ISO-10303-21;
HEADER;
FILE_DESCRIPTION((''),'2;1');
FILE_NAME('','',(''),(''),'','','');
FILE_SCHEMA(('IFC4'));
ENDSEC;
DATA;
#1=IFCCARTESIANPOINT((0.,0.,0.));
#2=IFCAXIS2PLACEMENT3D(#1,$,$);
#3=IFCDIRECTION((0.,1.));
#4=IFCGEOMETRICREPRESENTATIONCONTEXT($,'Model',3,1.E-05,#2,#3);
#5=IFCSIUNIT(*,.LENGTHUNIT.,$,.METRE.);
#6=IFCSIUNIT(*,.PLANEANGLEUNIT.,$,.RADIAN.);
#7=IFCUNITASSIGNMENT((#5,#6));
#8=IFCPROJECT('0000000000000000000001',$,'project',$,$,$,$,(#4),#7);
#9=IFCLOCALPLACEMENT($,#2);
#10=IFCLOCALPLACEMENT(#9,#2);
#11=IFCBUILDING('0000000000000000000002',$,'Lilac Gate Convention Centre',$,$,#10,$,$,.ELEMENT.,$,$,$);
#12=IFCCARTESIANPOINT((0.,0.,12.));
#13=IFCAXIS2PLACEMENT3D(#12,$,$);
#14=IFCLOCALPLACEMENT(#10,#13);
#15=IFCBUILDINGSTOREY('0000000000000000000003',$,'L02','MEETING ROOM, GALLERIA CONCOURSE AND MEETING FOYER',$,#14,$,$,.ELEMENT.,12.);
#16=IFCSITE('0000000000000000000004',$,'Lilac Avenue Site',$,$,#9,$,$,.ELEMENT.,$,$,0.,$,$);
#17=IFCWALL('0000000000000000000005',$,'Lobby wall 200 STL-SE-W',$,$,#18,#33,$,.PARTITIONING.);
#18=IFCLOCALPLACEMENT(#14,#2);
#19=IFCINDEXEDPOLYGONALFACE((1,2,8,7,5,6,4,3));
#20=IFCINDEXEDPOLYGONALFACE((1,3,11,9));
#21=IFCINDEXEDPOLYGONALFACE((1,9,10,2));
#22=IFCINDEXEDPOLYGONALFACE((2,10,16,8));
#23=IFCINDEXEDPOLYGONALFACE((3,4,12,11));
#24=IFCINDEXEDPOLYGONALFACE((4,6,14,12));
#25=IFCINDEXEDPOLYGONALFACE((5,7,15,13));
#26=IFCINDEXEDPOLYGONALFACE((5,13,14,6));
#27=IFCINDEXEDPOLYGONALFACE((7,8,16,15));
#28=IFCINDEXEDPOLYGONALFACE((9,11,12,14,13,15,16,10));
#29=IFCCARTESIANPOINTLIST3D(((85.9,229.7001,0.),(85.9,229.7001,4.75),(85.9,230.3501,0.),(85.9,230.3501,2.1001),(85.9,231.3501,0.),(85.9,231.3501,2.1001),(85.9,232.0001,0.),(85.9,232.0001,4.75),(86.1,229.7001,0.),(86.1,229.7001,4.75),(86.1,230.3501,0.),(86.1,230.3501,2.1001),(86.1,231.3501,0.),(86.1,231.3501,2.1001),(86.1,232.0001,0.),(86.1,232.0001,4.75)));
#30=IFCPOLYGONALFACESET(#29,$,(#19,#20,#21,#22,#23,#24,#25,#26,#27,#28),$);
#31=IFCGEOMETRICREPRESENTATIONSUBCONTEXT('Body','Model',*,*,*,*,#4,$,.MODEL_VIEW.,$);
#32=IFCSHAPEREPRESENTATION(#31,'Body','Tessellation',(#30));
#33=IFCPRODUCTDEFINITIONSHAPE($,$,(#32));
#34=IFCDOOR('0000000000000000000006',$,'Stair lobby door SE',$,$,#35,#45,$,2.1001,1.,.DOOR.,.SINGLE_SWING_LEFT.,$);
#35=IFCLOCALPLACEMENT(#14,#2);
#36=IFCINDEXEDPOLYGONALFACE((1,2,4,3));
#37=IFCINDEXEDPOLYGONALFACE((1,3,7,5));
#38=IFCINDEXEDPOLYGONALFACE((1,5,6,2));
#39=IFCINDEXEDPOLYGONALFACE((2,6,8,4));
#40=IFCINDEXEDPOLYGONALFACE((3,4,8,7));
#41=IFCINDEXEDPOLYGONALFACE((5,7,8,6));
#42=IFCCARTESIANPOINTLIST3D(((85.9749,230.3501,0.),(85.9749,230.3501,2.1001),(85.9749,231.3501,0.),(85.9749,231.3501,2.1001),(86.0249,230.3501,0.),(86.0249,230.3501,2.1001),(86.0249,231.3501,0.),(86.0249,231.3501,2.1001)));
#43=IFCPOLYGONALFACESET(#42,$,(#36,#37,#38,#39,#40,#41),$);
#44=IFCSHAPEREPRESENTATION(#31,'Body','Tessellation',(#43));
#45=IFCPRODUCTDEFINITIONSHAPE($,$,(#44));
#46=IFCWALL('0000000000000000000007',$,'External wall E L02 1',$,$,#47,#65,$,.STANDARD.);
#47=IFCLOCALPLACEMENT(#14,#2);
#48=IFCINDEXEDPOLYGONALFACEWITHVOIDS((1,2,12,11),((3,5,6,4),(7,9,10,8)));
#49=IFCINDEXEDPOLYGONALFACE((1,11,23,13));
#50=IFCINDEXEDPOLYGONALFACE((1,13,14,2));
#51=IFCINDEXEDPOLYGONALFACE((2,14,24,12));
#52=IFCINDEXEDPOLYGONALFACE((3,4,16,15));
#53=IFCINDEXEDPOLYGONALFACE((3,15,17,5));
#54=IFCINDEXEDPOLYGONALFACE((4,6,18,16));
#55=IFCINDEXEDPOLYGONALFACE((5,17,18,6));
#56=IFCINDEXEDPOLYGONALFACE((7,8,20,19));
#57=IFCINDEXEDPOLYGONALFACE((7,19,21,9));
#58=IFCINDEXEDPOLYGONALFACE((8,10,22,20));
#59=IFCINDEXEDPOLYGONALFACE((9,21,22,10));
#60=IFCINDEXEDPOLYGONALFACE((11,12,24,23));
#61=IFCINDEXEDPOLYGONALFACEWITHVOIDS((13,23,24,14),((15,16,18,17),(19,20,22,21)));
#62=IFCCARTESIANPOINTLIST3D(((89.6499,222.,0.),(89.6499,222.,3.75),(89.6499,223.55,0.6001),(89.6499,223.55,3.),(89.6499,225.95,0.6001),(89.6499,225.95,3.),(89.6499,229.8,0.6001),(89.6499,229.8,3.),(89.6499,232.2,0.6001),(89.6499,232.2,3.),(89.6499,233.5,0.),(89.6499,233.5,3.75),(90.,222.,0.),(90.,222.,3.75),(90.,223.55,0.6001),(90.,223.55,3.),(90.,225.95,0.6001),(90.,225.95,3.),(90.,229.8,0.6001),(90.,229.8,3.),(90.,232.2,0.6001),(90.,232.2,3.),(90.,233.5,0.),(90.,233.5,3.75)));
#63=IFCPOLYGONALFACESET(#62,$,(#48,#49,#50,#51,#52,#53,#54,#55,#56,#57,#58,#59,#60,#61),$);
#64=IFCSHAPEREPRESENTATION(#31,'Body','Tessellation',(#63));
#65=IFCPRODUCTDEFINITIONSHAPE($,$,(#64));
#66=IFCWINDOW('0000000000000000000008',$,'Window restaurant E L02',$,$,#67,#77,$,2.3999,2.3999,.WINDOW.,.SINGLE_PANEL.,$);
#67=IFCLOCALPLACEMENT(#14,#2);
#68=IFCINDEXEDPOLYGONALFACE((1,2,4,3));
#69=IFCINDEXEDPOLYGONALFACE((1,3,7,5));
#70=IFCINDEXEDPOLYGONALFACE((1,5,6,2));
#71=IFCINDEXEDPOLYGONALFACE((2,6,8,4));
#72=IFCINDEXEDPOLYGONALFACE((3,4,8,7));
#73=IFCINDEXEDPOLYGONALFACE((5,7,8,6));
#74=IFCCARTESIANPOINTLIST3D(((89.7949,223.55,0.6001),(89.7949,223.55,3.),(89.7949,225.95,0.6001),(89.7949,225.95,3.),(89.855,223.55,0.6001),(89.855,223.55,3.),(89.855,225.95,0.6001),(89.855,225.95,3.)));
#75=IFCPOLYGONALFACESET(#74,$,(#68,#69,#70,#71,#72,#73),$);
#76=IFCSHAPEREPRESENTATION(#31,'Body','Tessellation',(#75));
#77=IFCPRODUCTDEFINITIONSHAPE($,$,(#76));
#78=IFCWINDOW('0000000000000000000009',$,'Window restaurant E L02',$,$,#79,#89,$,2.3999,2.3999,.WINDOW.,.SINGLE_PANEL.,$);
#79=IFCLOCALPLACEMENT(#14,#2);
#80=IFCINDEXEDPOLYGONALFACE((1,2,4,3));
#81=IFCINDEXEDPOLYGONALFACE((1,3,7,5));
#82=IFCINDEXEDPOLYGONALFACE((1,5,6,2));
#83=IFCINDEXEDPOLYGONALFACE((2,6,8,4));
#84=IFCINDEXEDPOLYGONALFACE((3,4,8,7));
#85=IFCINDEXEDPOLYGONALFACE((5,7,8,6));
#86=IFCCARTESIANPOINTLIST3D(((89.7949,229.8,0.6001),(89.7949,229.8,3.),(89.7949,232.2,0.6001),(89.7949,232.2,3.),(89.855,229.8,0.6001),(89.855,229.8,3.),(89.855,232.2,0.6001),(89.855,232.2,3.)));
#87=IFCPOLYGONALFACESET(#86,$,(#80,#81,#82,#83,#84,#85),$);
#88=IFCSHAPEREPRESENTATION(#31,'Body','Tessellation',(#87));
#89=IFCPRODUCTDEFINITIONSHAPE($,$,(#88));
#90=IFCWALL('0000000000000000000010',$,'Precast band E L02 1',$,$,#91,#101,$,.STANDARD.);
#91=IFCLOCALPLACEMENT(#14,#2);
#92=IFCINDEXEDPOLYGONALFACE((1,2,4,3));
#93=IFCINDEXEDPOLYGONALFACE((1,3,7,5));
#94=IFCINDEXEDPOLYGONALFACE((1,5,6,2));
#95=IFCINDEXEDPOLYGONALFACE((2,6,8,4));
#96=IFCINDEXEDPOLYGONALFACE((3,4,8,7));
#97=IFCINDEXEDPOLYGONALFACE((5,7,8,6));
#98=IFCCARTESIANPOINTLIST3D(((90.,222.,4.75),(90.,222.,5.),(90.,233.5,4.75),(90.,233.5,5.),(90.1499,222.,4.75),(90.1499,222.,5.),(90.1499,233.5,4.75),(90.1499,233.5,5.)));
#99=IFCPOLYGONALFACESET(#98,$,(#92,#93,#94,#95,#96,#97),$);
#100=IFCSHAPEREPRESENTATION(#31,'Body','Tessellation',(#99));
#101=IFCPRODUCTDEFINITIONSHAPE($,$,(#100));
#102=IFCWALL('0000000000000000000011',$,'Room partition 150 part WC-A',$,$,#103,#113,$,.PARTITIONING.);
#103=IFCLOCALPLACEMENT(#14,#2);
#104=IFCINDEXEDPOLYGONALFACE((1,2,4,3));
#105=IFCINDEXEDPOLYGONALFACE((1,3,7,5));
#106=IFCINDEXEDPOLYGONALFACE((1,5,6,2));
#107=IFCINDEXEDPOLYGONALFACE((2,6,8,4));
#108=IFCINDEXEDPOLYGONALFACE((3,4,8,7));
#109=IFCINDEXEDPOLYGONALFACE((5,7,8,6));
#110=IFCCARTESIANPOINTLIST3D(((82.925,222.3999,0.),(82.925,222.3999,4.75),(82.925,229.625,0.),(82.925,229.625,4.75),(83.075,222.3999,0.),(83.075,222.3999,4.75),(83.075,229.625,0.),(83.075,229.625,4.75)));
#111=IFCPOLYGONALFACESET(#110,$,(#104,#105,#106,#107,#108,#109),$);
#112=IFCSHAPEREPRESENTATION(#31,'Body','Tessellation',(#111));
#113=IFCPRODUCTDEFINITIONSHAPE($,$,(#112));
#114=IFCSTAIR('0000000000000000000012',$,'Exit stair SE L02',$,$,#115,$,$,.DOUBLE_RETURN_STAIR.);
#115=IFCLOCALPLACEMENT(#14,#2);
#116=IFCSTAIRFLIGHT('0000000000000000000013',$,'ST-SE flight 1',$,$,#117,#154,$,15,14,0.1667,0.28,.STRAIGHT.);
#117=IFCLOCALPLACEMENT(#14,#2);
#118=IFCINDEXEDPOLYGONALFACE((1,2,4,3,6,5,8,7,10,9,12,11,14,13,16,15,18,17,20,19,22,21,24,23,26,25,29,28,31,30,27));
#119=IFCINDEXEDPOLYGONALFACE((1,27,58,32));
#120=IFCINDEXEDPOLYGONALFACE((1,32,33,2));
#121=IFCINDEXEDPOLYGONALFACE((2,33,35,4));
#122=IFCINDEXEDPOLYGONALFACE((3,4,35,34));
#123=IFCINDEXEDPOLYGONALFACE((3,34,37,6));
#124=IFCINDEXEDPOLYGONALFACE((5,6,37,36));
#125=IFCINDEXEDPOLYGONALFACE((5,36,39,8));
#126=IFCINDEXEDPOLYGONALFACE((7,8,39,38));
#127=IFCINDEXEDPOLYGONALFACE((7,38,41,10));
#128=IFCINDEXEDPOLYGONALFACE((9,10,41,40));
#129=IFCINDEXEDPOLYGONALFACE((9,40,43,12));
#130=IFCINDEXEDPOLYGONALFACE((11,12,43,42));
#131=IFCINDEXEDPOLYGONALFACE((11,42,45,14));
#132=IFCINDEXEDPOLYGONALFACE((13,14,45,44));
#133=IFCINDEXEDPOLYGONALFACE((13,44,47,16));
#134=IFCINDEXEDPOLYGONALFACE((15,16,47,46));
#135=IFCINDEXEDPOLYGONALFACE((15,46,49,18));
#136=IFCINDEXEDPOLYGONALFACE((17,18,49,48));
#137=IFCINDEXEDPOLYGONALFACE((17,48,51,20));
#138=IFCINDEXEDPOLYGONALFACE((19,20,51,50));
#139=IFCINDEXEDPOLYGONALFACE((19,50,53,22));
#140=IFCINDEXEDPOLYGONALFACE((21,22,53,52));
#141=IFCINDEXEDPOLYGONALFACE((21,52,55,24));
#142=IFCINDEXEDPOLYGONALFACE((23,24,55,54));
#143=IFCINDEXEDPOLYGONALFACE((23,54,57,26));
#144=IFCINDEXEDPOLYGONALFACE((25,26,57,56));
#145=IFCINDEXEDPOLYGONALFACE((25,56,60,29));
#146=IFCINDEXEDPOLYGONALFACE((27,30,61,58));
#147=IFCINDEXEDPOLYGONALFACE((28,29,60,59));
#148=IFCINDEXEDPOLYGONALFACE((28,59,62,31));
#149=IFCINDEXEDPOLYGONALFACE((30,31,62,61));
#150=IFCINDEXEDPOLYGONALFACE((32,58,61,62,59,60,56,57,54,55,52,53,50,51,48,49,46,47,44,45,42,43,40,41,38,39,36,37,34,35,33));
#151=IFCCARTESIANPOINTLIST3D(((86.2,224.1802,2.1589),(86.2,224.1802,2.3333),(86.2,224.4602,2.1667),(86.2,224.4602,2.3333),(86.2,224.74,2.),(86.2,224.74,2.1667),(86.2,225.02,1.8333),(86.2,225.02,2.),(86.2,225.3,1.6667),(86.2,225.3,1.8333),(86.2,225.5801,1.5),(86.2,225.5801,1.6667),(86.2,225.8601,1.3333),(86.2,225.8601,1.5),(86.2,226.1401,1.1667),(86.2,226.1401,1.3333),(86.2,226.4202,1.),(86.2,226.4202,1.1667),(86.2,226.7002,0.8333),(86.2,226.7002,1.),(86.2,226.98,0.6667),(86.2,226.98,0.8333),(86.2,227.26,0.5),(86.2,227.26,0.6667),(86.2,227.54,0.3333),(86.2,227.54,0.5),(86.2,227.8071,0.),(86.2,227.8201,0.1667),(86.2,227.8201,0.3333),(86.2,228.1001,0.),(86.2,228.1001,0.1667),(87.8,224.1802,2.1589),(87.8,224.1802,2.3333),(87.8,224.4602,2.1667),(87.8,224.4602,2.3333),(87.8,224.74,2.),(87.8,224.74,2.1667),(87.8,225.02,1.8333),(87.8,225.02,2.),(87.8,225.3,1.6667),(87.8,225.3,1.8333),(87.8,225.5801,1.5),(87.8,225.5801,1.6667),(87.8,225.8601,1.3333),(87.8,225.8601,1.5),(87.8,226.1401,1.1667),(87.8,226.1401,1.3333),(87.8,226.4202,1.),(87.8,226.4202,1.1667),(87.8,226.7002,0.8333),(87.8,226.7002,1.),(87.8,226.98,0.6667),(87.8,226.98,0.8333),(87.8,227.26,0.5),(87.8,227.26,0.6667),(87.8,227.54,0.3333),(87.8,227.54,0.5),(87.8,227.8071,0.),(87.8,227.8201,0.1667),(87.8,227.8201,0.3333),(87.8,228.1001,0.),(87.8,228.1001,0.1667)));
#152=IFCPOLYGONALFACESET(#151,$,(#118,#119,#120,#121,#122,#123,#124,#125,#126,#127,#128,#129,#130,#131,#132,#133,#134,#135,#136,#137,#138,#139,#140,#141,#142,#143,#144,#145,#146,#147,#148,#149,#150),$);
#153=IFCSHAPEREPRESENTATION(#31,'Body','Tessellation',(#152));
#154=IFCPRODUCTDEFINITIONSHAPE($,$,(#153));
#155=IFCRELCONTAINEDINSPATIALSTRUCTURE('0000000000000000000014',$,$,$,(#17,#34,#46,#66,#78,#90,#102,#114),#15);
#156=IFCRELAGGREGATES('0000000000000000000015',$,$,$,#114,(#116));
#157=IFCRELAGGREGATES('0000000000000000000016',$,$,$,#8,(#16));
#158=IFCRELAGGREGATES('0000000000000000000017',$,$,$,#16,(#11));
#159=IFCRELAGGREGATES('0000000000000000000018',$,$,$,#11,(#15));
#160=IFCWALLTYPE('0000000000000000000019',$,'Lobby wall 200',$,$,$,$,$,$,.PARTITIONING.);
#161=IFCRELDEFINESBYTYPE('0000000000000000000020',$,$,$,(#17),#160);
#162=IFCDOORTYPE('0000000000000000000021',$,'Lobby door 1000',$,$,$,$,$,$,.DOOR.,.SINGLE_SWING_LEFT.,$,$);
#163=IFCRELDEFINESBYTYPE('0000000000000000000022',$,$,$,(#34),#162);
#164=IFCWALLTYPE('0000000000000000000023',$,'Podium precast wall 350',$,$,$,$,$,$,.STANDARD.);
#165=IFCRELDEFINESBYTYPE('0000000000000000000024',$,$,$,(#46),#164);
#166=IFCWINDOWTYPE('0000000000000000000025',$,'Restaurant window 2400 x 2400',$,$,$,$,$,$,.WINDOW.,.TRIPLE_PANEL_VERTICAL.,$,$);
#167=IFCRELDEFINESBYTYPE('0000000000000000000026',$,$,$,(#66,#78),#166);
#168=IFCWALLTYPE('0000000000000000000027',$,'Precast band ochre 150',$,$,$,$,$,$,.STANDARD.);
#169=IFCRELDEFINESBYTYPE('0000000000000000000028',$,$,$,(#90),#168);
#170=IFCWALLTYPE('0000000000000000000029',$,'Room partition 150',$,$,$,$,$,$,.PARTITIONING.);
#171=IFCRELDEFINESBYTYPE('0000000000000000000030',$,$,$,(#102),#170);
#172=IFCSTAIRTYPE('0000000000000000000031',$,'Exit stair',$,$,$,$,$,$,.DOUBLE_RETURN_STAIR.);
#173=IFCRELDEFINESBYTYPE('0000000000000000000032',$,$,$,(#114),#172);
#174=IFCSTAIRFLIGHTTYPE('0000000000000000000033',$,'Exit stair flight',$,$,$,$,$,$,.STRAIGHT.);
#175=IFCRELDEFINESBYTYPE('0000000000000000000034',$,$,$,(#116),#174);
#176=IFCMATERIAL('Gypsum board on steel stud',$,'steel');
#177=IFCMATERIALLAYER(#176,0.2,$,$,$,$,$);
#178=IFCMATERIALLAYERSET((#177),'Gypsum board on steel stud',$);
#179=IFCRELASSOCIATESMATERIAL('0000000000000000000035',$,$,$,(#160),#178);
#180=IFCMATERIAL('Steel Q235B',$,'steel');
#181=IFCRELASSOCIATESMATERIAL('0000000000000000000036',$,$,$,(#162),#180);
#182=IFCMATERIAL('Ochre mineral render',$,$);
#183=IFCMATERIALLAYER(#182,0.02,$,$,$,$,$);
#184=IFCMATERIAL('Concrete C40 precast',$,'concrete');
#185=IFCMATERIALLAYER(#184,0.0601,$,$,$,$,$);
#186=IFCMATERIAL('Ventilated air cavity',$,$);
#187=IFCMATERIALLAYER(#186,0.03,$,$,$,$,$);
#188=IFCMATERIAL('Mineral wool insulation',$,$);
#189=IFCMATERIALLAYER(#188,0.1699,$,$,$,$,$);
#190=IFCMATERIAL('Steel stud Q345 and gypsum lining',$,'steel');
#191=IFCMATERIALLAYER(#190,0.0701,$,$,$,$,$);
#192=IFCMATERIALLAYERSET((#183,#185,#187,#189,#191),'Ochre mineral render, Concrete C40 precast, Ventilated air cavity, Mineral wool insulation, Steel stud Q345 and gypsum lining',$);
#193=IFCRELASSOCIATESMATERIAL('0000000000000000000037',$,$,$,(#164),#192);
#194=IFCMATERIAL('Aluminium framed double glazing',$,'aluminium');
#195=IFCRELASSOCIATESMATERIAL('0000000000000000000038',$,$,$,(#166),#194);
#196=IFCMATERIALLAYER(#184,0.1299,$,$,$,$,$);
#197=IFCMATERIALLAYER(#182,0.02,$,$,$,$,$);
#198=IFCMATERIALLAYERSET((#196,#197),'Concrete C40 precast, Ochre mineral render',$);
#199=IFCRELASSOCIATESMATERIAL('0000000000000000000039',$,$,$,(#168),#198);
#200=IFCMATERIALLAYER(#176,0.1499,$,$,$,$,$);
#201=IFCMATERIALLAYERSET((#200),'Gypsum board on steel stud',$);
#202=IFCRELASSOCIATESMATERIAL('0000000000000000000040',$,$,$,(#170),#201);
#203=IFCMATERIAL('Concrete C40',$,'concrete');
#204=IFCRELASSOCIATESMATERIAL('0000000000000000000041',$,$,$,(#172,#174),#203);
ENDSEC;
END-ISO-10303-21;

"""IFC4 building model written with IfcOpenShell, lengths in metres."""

from ifc_helpers import new_model, si_unit, direction, frame, frame_2d, origin, place, context, subcontext, project, spatial, polyline, rectangle, outline, extrude, material, layer, layer_set, type_object, element, fill, aggregate, save


model = new_model("IFC4")

# Units and contexts
model_context = context("Model", 3, precision=1e-05, world=origin(), true_north=direction((0.0, 1.0)))
body_context = subcontext(model_context, "Body", "Model", "MODEL_VIEW")
ifc_project = project(units=[si_unit("LENGTHUNIT", "METRE"), si_unit("PLANEANGLEUNIT", "RADIAN")], contexts=[model_context])

# Site, building, storey
site_placement = place(None, origin())
site = spatial("IfcSite", under=ifc_project, at=site_placement, Name="Lilac Avenue Site", CompositionType="ELEMENT", RefElevation=0.0)
building_placement = place(site_placement, origin())
building = spatial("IfcBuilding", under=site, at=building_placement, Name="Lilac Gate Convention Centre", CompositionType="ELEMENT")
storey_placement = place(building_placement, frame((0.0, 0.0, 12.0)))
storey = spatial("IfcBuildingStorey", under=building, at=storey_placement, Name="L02", Description="MEETING ROOM, GALLERIA CONCOURSE AND MEETING FOYER", CompositionType="ELEMENT", Elevation=12.0)

# Shared definitions
ifc_material_1 = material(Name="Concrete C40", Category="concrete")

# Shared definitions
ifc_material_2 = material(Name="Steel Q235B", Category="steel")
ifc_material_3 = material(Name="Gypsum board on steel stud", Category="steel")

# Shared definitions
ifc_layer_1 = layer(ifc_material_3, 0.2)
ifc_layer_set_1 = layer_set([ifc_layer_1], Name="Gypsum board on steel stud")
wall_type_1 = type_object("IfcWallType", Name="Lobby wall 200", PredefinedType="PARTITIONING", material=ifc_layer_set_1)

# Wall, opening, door
wall_1_placement = place(storey_placement, frame((86.0, 232.0, 0.0), z_axis=(0.0, 0.0, 1.0), x_axis=(0.0, -1.0, 0.0)))
wall_1 = element("IfcWall", 1, at=wall_1_placement, inside=storey, type_object=wall_type_1, Name="Lobby wall 200 STL-SE-W", PredefinedType="PARTITIONING", context=body_context, shape_type="SweptSolid", body=[
    extrude(rectangle(XDim=2.3, YDim=0.2, at=frame_2d((1.1499, 0.0))), origin(), (0.0, 0.0, 1.0), 4.75),
])
opening_1_placement = place(wall_1_placement, frame((0.6499, 0.0, 0.0)))
opening_1 = element("IfcOpeningElement", 2, at=opening_1_placement, cuts=wall_1, PredefinedType="OPENING", context=body_context, shape_type="SweptSolid", body=[
    extrude(rectangle(XDim=1.0, YDim=2.1001, at=frame_2d((0.5, 1.05))), frame((0.0, 0.1099, 0.0), z_axis=(0.0, -1.0, 0.0), x_axis=(1.0, 0.0, 0.0)), (0.0, 0.0, 1.0), 0.22),
])
door_type_1 = type_object("IfcDoorType", Name="Lobby door 1000", OperationType="SINGLE_SWING_LEFT", PredefinedType="DOOR", material=ifc_material_2)
door_1_placement = place(opening_1_placement, origin())
door_1 = element("IfcDoor", 3, at=door_1_placement, inside=storey, type_object=door_type_1, Name="Stair lobby door SE", OperationType="SINGLE_SWING_LEFT", OverallHeight=2.1001, OverallWidth=1.0, PredefinedType="DOOR", context=body_context, shape_type="SweptSolid", body=[
    extrude(rectangle(XDim=1.0, YDim=2.1001, at=frame_2d((0.5, 1.05))), frame((0.0, 0.0249, 0.0), z_axis=(0.0, -1.0, 0.0), x_axis=(1.0, 0.0, 0.0)), (0.0, 0.0, 1.0), 0.05),
])
fill(opening_1, door_1)

# Wall, openings, windows
ifc_material_4 = material(Name="Ochre mineral render")
ifc_layer_2 = layer(ifc_material_4, 0.02)
ifc_material_5 = material(Name="Concrete C40 precast", Category="concrete")
ifc_layer_3 = layer(ifc_material_5, 0.0601)
ifc_material_6 = material(Name="Ventilated air cavity")
ifc_layer_4 = layer(ifc_material_6, 0.03)
ifc_material_7 = material(Name="Mineral wool insulation")
ifc_layer_5 = layer(ifc_material_7, 0.1699)
ifc_material_8 = material(Name="Steel stud Q345 and gypsum lining", Category="steel")
ifc_layer_6 = layer(ifc_material_8, 0.0701)
ifc_layer_set_2 = layer_set([ifc_layer_2, ifc_layer_3, ifc_layer_4, ifc_layer_5, ifc_layer_6], Name="Ochre mineral render, Concrete C40 precast, Ventilated air cavity, Mineral wool insulation, Steel stud Q345 and gypsum lining")
wall_type_2 = type_object("IfcWallType", Name="Podium precast wall 350", PredefinedType="STANDARD", material=ifc_layer_set_2)
wall_2_placement = place(storey_placement, frame((89.825, 222.0, 0.0), z_axis=(0.0, 0.0, 1.0), x_axis=(0.0, 1.0, 0.0)))
wall_2 = element("IfcWall", 4, at=wall_2_placement, inside=storey, type_object=wall_type_2, Name="External wall E L02 1", PredefinedType="STANDARD", context=body_context, shape_type="SweptSolid", body=[
    extrude(rectangle(XDim=11.5, YDim=0.3501, at=frame_2d((5.75, 0.0))), origin(), (0.0, 0.0, 1.0), 3.75),
])
opening_2_placement = place(wall_2_placement, frame((1.55, 0.0, 0.6001)))
opening_2 = element("IfcOpeningElement", 5, at=opening_2_placement, cuts=wall_2, PredefinedType="OPENING", context=body_context, shape_type="SweptSolid", body=[
    extrude(rectangle(XDim=2.3999, YDim=2.3999, at=frame_2d((1.2, 1.2))), frame((0.0, 0.1851, 0.0), z_axis=(0.0, -1.0, 0.0), x_axis=(1.0, 0.0, 0.0)), (0.0, 0.0, 1.0), 0.3701),
])
opening_3_placement = place(wall_2_placement, frame((7.8, 0.0, 0.6001)))
opening_3 = element("IfcOpeningElement", 6, at=opening_3_placement, cuts=wall_2, PredefinedType="OPENING", context=body_context, shape_type="SweptSolid", body=[
    extrude(rectangle(XDim=2.3999, YDim=2.3999, at=frame_2d((1.2, 1.2))), frame((0.0, 0.1851, 0.0), z_axis=(0.0, -1.0, 0.0), x_axis=(1.0, 0.0, 0.0)), (0.0, 0.0, 1.0), 0.3701),
])
ifc_material_9 = material(Name="Aluminium framed double glazing", Category="aluminium")
window_type = type_object("IfcWindowType", Name="Restaurant window 2400 x 2400", PartitioningType="TRIPLE_PANEL_VERTICAL", PredefinedType="WINDOW", material=ifc_material_9)
window_1_placement = place(opening_2_placement, origin())
window_1 = element("IfcWindow", 7, at=window_1_placement, inside=storey, type_object=window_type, Name="Window restaurant E L02", OverallHeight=2.3999, OverallWidth=2.3999, PartitioningType="SINGLE_PANEL", PredefinedType="WINDOW", context=body_context, shape_type="SweptSolid", body=[
    extrude(rectangle(XDim=2.3999, YDim=2.3999, at=frame_2d((1.2, 1.2))), frame((0.0, 0.03, 0.0), z_axis=(0.0, -1.0, 0.0), x_axis=(1.0, 0.0, 0.0)), (0.0, 0.0, 1.0), 0.0601),
])
fill(opening_2, window_1)
window_2_placement = place(opening_3_placement, origin())
window_2 = element("IfcWindow", 8, at=window_2_placement, inside=storey, type_object=window_type, Name="Window restaurant E L02", OverallHeight=2.3999, OverallWidth=2.3999, PartitioningType="SINGLE_PANEL", PredefinedType="WINDOW", context=body_context, shape_type="SweptSolid", body=[
    extrude(rectangle(XDim=2.3999, YDim=2.3999, at=frame_2d((1.2, 1.2))), frame((0.0, 0.03, 0.0), z_axis=(0.0, -1.0, 0.0), x_axis=(1.0, 0.0, 0.0)), (0.0, 0.0, 1.0), 0.0601),
])
fill(opening_3, window_2)

# Walls
ifc_layer_7 = layer(ifc_material_5, 0.1299)
ifc_layer_8 = layer(ifc_material_4, 0.02)
ifc_layer_set_3 = layer_set([ifc_layer_7, ifc_layer_8], Name="Concrete C40 precast, Ochre mineral render")
wall_type_3 = type_object("IfcWallType", Name="Precast band ochre 150", PredefinedType="STANDARD", material=ifc_layer_set_3)
wall_3_placement = place(storey_placement, frame((90.075, 222.0, 4.75), z_axis=(0.0, 0.0, 1.0), x_axis=(0.0, 1.0, 0.0)))
element("IfcWall", 9, at=wall_3_placement, inside=storey, type_object=wall_type_3, Name="Precast band E L02 1", PredefinedType="STANDARD", context=body_context, shape_type="SweptSolid", body=[
    extrude(rectangle(XDim=11.5, YDim=0.1499, at=frame_2d((5.75, 0.0))), origin(), (0.0, 0.0, 1.0), 0.25),
])
ifc_layer_9 = layer(ifc_material_3, 0.1499)
ifc_layer_set_4 = layer_set([ifc_layer_9], Name="Gypsum board on steel stud")
wall_type_4 = type_object("IfcWallType", Name="Room partition 150", PredefinedType="PARTITIONING", material=ifc_layer_set_4)
wall_4_placement = place(storey_placement, frame((83.0, 222.3999, 0.0), z_axis=(0.0, 0.0, 1.0), x_axis=(0.0, 1.0, 0.0)))
element("IfcWall", 10, at=wall_4_placement, inside=storey, type_object=wall_type_4, Name="Room partition 150 part WC-A", PredefinedType="PARTITIONING", context=body_context, shape_type="SweptSolid", body=[
    extrude(rectangle(XDim=7.2251, YDim=0.1499, at=frame_2d((3.6125, 0.0))), origin(), (0.0, 0.0, 1.0), 4.75),
])

# Stair, stair flight
stair_type = type_object("IfcStairType", Name="Exit stair", PredefinedType="DOUBLE_RETURN_STAIR", material=ifc_material_1)
stair_placement = place(storey_placement, origin())
stair = element("IfcStair", 11, at=stair_placement, inside=storey, type_object=stair_type, Name="Exit stair SE L02", PredefinedType="DOUBLE_RETURN_STAIR")
stair_flight_type = type_object("IfcStairFlightType", Name="Exit stair flight", PredefinedType="STRAIGHT", material=ifc_material_1)
stair_flight_1_placement = place(storey_placement, frame((87.0, 228.1001, 0.0), z_axis=(0.0, 0.0, 1.0), x_axis=(0.0, -1.0, 0.0)))
stair_flight_1 = element("IfcStairFlight", 12, at=stair_flight_1_placement, type_object=stair_flight_type, Name="ST-SE flight 1", NumberOfRisers=15, NumberOfTreads=14, PredefinedType="STRAIGHT", RiserHeight=0.1667, TreadLength=0.28, context=body_context, shape_type="SweptSolid", body=[
    extrude(outline(polyline([(0.0, 0.0), (0.0, 0.1667), (0.28, 0.1667), (0.28, 0.3333), (0.5601, 0.3333), (0.5601, 0.5), (0.8401, 0.5), (0.8401, 0.6667), (1.1201, 0.6667), (1.1201, 0.8333), (1.3999, 0.8333), (1.3999, 1.0), (1.6799, 1.0), (1.6799, 1.1667), (1.96, 1.1667), (1.96, 1.3333), (2.24, 1.3333), (2.24, 1.5), (2.52, 1.5), (2.52, 1.6667), (2.8, 1.6667), (2.8, 1.8333), (3.0801, 1.8333), (3.0801, 2.0), (3.3601, 2.0), (3.3601, 2.1667), (3.6399, 2.1667), (3.6399, 2.3333), (3.9199, 2.3333), (3.9199, 2.5), (3.9199, 2.1589), (0.293, 0.0), (0.0, 0.0)])), frame((0.0, 0.8, 0.0), z_axis=(0.0, -1.0, 0.0), x_axis=(1.0, 0.0, 0.0)), (0.0, 0.0, 1.0), 1.6001),
])
aggregate(stair, [stair_flight_1])

save(model, "model.ifc")
